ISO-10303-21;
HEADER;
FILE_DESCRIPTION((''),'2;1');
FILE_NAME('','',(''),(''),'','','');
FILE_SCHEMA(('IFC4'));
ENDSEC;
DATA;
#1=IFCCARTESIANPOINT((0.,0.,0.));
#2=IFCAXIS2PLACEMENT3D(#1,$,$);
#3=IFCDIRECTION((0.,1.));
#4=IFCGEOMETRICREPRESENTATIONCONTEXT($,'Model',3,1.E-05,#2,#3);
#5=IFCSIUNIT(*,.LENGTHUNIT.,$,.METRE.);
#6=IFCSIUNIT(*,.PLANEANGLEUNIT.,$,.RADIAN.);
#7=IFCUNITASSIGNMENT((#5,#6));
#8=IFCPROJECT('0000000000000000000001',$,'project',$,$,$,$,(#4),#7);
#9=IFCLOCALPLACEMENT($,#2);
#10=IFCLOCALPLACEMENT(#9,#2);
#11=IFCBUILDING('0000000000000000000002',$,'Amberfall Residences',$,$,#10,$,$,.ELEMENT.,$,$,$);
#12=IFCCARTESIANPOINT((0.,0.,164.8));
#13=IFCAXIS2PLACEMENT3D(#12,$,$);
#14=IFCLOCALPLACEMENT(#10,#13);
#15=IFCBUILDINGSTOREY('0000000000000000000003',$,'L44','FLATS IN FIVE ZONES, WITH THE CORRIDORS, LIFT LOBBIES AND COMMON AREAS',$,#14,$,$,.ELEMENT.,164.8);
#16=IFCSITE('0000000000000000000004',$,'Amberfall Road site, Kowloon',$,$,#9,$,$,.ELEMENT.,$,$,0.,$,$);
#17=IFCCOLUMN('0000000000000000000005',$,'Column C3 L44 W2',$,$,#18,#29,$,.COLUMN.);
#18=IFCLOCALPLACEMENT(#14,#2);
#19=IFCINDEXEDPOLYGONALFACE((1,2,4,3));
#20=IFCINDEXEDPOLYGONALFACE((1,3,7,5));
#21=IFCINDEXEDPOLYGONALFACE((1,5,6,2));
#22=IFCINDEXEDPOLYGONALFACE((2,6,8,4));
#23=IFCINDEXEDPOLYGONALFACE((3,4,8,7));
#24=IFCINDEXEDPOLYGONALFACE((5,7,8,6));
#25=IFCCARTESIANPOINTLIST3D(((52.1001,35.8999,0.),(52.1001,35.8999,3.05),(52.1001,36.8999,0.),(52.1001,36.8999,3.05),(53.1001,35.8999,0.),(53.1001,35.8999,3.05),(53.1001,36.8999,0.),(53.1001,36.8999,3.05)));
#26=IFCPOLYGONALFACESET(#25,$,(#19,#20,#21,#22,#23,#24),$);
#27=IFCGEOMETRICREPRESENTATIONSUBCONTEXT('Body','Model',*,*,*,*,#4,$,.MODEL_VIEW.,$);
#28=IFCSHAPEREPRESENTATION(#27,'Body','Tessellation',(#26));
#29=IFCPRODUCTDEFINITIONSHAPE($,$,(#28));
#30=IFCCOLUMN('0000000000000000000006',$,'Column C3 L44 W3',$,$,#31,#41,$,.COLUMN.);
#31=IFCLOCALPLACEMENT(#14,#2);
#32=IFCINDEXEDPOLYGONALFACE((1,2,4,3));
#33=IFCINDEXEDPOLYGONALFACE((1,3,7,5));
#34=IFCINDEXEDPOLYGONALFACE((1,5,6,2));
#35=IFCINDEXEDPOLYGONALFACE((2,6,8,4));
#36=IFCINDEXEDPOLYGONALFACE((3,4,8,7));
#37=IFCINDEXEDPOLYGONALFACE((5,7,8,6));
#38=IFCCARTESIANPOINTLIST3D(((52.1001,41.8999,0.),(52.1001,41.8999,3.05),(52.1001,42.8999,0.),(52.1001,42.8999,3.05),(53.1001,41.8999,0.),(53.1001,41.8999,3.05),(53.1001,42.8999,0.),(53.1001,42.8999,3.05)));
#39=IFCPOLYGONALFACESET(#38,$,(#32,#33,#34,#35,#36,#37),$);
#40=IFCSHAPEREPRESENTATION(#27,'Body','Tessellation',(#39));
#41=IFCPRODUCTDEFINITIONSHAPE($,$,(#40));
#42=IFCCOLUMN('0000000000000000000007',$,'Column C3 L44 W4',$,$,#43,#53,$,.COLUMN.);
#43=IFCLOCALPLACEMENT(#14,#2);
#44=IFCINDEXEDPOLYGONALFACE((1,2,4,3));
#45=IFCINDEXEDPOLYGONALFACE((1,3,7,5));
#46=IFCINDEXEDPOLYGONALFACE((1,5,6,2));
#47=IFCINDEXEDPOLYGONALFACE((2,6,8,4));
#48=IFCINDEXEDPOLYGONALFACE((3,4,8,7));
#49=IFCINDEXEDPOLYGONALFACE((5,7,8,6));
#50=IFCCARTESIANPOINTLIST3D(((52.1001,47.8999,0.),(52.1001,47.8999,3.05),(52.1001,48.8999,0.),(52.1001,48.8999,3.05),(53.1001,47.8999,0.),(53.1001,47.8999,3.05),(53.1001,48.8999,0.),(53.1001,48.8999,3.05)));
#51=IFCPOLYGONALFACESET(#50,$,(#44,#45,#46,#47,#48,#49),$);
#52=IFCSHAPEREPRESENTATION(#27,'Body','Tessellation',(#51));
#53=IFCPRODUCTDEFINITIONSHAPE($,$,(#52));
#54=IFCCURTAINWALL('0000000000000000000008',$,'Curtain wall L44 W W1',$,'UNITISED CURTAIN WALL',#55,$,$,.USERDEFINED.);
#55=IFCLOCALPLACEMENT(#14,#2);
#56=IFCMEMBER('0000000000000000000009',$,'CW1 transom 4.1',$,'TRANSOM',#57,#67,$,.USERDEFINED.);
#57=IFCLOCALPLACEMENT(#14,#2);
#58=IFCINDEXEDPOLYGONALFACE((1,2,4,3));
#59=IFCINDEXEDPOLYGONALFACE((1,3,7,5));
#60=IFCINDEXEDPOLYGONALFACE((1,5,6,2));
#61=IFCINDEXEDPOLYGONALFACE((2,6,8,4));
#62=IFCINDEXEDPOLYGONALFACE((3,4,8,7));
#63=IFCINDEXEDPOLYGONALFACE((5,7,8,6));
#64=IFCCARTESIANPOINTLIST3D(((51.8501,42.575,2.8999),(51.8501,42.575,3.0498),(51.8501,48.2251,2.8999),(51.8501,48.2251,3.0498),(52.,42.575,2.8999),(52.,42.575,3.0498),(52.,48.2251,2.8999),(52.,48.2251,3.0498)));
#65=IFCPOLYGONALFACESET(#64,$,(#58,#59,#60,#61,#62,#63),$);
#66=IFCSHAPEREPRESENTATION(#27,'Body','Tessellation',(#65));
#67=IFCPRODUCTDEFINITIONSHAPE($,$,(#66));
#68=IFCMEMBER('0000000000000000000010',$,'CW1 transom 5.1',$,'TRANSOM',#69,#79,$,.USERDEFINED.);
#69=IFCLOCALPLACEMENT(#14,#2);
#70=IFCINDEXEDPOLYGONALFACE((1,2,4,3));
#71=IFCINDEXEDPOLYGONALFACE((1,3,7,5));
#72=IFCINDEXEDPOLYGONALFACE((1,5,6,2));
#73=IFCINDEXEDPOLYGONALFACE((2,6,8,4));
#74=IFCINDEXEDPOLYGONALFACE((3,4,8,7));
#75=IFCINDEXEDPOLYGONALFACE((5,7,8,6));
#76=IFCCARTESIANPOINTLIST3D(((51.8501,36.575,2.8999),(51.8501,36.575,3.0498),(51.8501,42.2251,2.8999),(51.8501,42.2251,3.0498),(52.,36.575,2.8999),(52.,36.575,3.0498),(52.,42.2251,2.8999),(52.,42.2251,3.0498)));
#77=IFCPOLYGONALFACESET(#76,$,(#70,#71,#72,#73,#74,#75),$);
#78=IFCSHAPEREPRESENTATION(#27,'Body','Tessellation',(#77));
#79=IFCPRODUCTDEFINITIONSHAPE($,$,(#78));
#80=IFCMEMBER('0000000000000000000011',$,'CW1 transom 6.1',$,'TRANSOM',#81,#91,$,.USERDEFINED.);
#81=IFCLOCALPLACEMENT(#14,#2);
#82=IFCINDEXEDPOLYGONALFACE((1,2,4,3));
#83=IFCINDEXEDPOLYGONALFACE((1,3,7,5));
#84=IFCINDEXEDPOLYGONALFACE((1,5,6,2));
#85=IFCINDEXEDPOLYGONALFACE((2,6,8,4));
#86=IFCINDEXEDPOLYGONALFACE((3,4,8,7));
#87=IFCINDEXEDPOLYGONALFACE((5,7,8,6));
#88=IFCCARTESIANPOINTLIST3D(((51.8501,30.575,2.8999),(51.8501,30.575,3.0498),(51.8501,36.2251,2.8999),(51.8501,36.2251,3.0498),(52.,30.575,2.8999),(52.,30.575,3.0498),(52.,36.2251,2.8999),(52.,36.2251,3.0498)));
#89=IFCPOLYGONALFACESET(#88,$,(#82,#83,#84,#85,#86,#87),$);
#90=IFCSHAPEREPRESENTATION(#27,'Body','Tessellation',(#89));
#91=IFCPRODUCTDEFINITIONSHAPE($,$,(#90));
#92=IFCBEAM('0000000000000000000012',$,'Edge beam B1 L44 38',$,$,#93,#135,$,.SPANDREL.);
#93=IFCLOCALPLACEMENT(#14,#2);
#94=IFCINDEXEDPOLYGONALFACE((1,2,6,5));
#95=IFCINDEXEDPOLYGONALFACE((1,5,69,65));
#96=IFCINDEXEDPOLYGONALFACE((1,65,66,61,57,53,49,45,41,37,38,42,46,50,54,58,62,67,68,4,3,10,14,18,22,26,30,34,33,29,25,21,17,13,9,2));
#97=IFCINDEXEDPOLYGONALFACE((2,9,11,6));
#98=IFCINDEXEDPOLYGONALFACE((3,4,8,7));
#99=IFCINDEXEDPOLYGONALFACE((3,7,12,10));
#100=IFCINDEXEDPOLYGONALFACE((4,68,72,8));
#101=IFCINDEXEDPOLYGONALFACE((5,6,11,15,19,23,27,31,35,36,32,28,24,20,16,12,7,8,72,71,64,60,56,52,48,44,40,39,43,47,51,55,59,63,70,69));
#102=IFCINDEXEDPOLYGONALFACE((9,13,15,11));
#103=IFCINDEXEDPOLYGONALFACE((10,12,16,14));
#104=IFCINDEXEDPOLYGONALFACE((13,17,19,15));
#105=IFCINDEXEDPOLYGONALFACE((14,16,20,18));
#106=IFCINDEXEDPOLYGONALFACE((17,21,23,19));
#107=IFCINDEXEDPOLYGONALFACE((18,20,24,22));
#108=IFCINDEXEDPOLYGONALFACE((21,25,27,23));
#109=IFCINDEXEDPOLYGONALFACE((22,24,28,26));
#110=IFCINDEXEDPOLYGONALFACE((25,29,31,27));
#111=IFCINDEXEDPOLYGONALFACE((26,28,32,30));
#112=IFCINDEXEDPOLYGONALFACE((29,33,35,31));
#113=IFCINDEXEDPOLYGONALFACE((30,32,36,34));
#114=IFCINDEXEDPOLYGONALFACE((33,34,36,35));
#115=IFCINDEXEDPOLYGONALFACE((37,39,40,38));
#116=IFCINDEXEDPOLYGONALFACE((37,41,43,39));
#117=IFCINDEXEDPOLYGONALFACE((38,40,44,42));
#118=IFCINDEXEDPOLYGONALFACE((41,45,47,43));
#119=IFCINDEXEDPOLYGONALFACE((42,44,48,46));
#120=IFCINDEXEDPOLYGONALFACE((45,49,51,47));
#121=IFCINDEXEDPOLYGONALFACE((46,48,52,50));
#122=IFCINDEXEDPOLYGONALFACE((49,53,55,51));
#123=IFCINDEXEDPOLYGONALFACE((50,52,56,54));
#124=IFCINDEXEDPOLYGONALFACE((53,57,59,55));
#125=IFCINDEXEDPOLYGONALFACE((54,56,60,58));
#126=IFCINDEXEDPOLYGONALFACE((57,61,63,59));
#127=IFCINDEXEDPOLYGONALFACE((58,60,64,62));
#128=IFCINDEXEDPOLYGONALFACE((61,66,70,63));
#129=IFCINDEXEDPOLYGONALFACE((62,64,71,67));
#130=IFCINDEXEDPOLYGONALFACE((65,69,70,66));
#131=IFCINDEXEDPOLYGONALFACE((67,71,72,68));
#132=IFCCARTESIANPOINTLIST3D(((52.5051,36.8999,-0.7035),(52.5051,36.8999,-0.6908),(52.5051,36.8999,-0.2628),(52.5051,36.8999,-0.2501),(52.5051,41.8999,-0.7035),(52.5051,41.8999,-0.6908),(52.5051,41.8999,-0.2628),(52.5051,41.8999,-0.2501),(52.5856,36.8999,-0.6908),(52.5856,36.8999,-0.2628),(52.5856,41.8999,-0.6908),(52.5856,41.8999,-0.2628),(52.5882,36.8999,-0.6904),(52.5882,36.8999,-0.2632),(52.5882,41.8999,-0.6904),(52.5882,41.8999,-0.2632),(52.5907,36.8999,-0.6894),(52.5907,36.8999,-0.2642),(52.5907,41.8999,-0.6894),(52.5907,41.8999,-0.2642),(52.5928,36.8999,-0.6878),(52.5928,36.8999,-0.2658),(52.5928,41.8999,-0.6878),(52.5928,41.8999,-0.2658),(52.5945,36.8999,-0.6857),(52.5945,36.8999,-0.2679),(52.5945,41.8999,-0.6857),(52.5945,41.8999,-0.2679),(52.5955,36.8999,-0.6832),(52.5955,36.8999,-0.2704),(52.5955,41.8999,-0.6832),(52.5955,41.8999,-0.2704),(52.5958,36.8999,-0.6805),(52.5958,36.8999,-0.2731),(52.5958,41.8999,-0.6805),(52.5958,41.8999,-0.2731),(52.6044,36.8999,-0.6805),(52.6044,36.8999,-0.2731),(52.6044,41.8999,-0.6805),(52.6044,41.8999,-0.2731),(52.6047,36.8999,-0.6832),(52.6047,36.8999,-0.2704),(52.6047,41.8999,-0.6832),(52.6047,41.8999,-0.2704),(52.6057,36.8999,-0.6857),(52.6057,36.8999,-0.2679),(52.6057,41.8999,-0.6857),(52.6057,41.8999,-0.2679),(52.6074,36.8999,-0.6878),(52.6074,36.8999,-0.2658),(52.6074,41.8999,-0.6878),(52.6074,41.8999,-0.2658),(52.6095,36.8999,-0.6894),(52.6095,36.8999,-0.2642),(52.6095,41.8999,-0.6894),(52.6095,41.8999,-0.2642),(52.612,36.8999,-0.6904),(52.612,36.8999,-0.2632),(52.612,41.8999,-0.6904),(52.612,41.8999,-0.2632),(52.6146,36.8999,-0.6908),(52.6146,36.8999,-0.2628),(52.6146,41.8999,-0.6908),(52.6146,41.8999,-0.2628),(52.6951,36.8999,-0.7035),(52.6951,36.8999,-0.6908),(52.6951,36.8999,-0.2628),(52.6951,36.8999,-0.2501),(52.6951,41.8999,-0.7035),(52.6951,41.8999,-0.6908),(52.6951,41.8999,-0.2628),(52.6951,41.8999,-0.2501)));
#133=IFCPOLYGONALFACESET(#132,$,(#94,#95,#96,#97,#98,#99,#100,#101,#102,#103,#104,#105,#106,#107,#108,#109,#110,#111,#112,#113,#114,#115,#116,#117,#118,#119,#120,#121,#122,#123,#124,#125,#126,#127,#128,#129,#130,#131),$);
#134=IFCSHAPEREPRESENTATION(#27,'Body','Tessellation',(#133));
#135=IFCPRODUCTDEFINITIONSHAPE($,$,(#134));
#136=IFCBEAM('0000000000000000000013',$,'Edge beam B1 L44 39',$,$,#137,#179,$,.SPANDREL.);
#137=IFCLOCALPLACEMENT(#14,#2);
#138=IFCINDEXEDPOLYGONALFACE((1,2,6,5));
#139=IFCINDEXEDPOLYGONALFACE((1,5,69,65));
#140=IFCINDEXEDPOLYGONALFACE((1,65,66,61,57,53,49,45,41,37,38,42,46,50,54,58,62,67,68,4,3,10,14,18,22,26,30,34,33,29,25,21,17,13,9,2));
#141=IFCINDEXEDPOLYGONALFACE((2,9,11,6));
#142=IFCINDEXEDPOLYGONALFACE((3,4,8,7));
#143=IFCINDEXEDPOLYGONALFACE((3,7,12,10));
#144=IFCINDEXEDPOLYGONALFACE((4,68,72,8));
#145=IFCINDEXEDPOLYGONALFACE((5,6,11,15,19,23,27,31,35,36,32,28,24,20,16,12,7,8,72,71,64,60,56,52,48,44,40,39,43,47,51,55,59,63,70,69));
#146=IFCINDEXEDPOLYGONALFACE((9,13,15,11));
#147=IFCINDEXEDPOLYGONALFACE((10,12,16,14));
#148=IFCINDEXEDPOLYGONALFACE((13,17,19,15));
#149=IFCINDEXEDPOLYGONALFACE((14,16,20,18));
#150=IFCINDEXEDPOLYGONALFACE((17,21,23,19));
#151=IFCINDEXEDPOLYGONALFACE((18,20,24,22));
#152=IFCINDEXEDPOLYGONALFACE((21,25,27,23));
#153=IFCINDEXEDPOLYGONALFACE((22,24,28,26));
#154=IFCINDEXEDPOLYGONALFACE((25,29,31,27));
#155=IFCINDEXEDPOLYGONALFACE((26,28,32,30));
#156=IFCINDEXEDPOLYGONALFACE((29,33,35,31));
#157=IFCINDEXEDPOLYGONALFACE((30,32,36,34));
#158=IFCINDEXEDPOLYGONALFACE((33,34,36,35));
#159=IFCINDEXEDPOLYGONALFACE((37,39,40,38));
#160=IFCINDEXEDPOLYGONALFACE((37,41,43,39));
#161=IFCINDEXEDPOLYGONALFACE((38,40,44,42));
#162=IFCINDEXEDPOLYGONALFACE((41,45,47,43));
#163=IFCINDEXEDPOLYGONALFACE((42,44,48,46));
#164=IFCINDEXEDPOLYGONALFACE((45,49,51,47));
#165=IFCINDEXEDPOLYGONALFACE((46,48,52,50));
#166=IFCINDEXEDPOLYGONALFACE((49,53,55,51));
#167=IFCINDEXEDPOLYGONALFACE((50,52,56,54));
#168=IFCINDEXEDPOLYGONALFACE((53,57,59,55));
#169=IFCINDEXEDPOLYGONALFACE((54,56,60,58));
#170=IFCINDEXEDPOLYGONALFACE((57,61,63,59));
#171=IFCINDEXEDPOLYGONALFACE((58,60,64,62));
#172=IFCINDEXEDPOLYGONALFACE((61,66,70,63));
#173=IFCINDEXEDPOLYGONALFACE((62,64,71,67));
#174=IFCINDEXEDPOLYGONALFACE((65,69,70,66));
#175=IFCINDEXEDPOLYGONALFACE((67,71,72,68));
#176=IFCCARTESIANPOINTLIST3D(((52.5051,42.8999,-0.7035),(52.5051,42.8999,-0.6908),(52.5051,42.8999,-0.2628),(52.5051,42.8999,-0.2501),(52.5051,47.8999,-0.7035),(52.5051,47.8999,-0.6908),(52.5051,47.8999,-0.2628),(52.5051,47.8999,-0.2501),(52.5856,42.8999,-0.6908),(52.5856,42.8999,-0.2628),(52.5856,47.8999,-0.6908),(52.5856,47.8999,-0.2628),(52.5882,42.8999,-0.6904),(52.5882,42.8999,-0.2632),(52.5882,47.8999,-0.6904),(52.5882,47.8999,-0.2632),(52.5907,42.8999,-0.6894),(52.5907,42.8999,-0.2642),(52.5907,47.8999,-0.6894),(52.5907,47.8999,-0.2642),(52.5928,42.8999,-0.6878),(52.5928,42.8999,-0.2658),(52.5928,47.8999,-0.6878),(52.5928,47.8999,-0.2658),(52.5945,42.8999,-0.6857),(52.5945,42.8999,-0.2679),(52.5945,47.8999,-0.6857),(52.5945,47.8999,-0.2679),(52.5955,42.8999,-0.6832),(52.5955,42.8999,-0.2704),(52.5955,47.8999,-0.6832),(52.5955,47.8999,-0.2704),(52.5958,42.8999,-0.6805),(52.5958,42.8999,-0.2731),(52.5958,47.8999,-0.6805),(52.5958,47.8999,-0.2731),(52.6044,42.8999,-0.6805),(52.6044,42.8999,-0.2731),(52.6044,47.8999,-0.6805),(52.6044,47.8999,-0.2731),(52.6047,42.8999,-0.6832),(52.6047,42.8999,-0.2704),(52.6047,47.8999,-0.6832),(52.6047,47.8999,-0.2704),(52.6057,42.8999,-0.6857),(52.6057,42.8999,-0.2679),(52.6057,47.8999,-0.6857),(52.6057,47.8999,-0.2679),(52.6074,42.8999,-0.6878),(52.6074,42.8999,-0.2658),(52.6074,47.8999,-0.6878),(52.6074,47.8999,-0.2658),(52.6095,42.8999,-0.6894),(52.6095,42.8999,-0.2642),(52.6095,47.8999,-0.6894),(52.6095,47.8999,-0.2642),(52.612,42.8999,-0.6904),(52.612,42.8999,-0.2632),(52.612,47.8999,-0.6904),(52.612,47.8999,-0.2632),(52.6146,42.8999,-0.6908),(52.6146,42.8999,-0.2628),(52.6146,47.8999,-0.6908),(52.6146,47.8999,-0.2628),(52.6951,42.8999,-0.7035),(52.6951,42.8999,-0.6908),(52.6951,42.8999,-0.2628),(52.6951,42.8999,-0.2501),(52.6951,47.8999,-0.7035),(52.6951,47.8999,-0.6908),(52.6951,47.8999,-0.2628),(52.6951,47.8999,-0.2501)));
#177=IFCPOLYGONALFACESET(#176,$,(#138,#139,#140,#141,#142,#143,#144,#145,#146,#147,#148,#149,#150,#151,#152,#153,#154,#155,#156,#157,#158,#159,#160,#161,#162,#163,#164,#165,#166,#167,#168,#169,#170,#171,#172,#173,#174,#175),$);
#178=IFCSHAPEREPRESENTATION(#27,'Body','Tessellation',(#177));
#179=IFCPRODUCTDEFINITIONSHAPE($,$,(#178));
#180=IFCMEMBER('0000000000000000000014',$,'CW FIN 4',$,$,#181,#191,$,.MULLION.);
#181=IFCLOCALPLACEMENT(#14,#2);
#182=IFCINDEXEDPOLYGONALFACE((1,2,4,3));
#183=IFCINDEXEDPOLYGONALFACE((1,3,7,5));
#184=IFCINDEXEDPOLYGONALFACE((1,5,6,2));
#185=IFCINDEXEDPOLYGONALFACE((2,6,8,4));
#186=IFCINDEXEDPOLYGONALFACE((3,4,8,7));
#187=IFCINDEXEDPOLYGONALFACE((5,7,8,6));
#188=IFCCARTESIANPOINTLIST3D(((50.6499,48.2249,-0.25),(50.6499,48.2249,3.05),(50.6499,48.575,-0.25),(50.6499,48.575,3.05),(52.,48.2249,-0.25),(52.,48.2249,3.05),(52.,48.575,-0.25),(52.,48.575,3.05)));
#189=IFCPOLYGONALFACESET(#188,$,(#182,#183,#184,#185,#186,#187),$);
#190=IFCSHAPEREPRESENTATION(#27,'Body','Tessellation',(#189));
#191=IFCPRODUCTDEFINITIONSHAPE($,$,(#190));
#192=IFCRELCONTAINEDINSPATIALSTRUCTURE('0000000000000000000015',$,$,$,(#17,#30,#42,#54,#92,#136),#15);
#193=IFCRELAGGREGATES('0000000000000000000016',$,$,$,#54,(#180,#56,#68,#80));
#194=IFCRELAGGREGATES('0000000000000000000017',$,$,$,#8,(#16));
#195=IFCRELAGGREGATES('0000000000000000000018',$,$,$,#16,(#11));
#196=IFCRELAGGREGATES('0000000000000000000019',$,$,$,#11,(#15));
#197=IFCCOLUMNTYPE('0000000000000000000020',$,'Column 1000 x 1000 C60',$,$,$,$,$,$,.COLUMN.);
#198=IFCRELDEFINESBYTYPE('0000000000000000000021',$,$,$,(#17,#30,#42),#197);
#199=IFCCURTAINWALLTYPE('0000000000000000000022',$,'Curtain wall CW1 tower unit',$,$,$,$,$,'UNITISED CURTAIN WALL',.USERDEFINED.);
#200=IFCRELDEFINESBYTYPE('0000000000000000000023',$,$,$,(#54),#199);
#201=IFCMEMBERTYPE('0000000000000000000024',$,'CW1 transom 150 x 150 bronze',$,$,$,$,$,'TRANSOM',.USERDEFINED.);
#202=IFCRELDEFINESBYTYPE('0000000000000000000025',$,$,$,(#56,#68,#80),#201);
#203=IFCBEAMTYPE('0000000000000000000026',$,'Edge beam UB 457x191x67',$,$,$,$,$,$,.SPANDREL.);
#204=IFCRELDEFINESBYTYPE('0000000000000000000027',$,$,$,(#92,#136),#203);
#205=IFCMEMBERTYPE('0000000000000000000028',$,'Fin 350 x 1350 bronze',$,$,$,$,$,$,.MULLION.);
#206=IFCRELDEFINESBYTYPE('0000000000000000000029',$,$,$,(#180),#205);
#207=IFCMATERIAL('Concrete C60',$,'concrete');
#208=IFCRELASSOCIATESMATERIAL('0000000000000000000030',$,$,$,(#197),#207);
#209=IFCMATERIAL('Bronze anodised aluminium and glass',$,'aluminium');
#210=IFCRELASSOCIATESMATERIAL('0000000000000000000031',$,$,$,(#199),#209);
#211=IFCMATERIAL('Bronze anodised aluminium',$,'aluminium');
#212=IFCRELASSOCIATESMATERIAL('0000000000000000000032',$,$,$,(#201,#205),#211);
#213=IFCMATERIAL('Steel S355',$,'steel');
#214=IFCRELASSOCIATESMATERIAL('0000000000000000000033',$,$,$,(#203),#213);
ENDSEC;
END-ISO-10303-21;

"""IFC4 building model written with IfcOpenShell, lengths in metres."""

from ifc_helpers import new_model, si_unit, direction, frame, origin, origin_2d, place, context, subcontext, project, spatial, rectangle, i_section, extrude, material, material_profile, profile_set, type_object, element, aggregate, save


model = new_model("IFC4")

# Units and contexts
model_context = context("Model", 3, precision=1e-05, world=origin(), true_north=direction((0.0, 1.0)))
body_context = subcontext(model_context, "Body", "Model", "MODEL_VIEW")
ifc_project = project(units=[si_unit("LENGTHUNIT", "METRE"), si_unit("PLANEANGLEUNIT", "RADIAN")], contexts=[model_context])

# Site, building, storey
site_placement = place(None, origin())
site = spatial("IfcSite", under=ifc_project, at=site_placement, Name="Amberfall Road site, Kowloon", CompositionType="ELEMENT", RefElevation=0.0)
building_placement = place(site_placement, origin())
building = spatial("IfcBuilding", under=site, at=building_placement, Name="Amberfall Residences", CompositionType="ELEMENT")
storey_placement = place(building_placement, frame((0.0, 0.0, 164.8)))
storey = spatial("IfcBuildingStorey", under=building, at=storey_placement, Name="L44", Description="FLATS IN FIVE ZONES, WITH THE CORRIDORS, LIFT LOBBIES AND COMMON AREAS", CompositionType="ELEMENT", Elevation=164.8)

# Columns
ifc_material_1 = material(Name="Concrete C60", Category="concrete")
ifc_material_profile_1 = material_profile(ifc_material_1, rectangle(XDim=1.0, YDim=1.0, at=origin_2d()), Name="Column 1000 x 1000 C60")
ifc_profile_set_1 = profile_set([ifc_material_profile_1], Name="Concrete C60")
column_type = type_object("IfcColumnType", Name="Column 1000 x 1000 C60", PredefinedType="COLUMN", material=ifc_profile_set_1)
for number, where, z_axis, x_axis, name in (
    (1, (52.6001, 36.3999, 0.0), (0.0, 0.0, 1.0), (1.0, 0.0, 0.0), "Column C3 L44 W2"),
    (2, (52.6001, 42.3999, 0.0), (0.0, 0.0, 1.0), (1.0, 0.0, 0.0), "Column C3 L44 W3"),
    (3, (52.6001, 48.3999, 0.0), (0.0, 0.0, 1.0), (1.0, 0.0, 0.0), "Column C3 L44 W4"),
):
    element("IfcColumn", number, at=place(storey_placement, frame(where, z_axis=z_axis, x_axis=x_axis)), inside=storey, type_object=column_type, Name=name, PredefinedType="COLUMN", context=body_context, shape_type="SweptSolid", body=[
        extrude(rectangle(XDim=1.0, YDim=1.0, at=origin_2d()), origin(), (0.0, 0.0, 1.0), 3.05),
    ])

# Curtain wall, members
ifc_material_2 = material(Name="Bronze anodised aluminium and glass", Category="aluminium")
curtain_wall_type = type_object("IfcCurtainWallType", Name="Curtain wall CW1 tower unit", ElementType="UNITISED CURTAIN WALL", PredefinedType="USERDEFINED", material=ifc_material_2)
curtain_wall_placement = place(storey_placement, origin())
curtain_wall = element("IfcCurtainWall", 4, at=curtain_wall_placement, inside=storey, type_object=curtain_wall_type, Name="Curtain wall L44 W W1", ObjectType="UNITISED CURTAIN WALL", PredefinedType="USERDEFINED")
ifc_material_3 = material(Name="Bronze anodised aluminium", Category="aluminium")
ifc_material_profile_2 = material_profile(ifc_material_3, rectangle(XDim=0.1499, YDim=0.1499, at=origin_2d()), Name="CW1 transom 150 x 150 bronze")
ifc_profile_set_2 = profile_set([ifc_material_profile_2], Name="Bronze anodised aluminium")
member_type_1 = type_object("IfcMemberType", Name="CW1 transom 150 x 150 bronze", ElementType="TRANSOM", PredefinedType="USERDEFINED", material=ifc_profile_set_2)
member_1_placement = place(storey_placement, frame((51.925, 48.2251, 2.9749), z_axis=(0.0, -1.0, 0.0), x_axis=(1.0, 0.0, 0.0)))
member_1 = element("IfcMember", 5, at=member_1_placement, type_object=member_type_1, Name="CW1 transom 4.1", ObjectType="TRANSOM", PredefinedType="USERDEFINED", context=body_context, shape_type="SweptSolid", body=[
    extrude(rectangle(XDim=0.1499, YDim=0.1499, at=origin_2d()), origin(), (0.0, 0.0, 1.0), 5.6501),
])
member_2_placement = place(storey_placement, frame((51.925, 42.2251, 2.9749), z_axis=(0.0, -1.0, 0.0), x_axis=(1.0, 0.0, 0.0)))
member_2 = element("IfcMember", 6, at=member_2_placement, type_object=member_type_1, Name="CW1 transom 5.1", ObjectType="TRANSOM", PredefinedType="USERDEFINED", context=body_context, shape_type="SweptSolid", body=[
    extrude(rectangle(XDim=0.1499, YDim=0.1499, at=origin_2d()), origin(), (0.0, 0.0, 1.0), 5.6501),
])
member_3_placement = place(storey_placement, frame((51.925, 36.2251, 2.9749), z_axis=(0.0, -1.0, 0.0), x_axis=(1.0, 0.0, 0.0)))
member_3 = element("IfcMember", 7, at=member_3_placement, type_object=member_type_1, Name="CW1 transom 6.1", ObjectType="TRANSOM", PredefinedType="USERDEFINED", context=body_context, shape_type="SweptSolid", body=[
    extrude(rectangle(XDim=0.1499, YDim=0.1499, at=origin_2d()), origin(), (0.0, 0.0, 1.0), 5.6501),
])

# Beams
ifc_material_4 = material(Name="Steel S355", Category="steel")
ifc_material_profile_3 = material_profile(ifc_material_4, i_section(OverallWidth=0.1899, OverallDepth=0.4534, WebThickness=0.0085, FlangeThickness=0.0127, FilletRadius=0.0103, at=origin_2d()), Name="UB 457x191x67")
ifc_profile_set_3 = profile_set([ifc_material_profile_3], Name="Steel S355")
beam_type_1 = type_object("IfcBeamType", Name="Edge beam UB 457x191x67", PredefinedType="SPANDREL", material=ifc_profile_set_3)
for number, where, z_axis, x_axis, name in (
    (8, (52.6001, 36.8999, -0.4768), (0.0, 1.0, 0.0), (-1.0, 0.0, 0.0), "Edge beam B1 L44 38"),
    (9, (52.6001, 42.8999, -0.4768), (0.0, 1.0, 0.0), (-1.0, 0.0, 0.0), "Edge beam B1 L44 39"),
):
    element("IfcBeam", number, at=place(storey_placement, frame(where, z_axis=z_axis, x_axis=x_axis)), inside=storey, type_object=beam_type_1, Name=name, PredefinedType="SPANDREL", context=body_context, shape_type="SweptSolid", body=[
        extrude(i_section(OverallWidth=0.1899, OverallDepth=0.4534, WebThickness=0.0085, FlangeThickness=0.0127, FilletRadius=0.0103, at=origin_2d()), origin(), (0.0, 0.0, 1.0), 5.0),
    ])

# Member
ifc_material_profile_4 = material_profile(ifc_material_3, rectangle(XDim=1.3501, YDim=0.3501, at=origin_2d()), Name="Fin 350 x 1350 bronze")
ifc_profile_set_4 = profile_set([ifc_material_profile_4], Name="Bronze anodised aluminium")
member_type_2 = type_object("IfcMemberType", Name="Fin 350 x 1350 bronze", PredefinedType="MULLION", material=ifc_profile_set_4)
member_4_placement = place(storey_placement, frame((51.325, 48.3999, -0.25), z_axis=(0.0, 0.0, 1.0), x_axis=(1.0, 0.0, 0.0)))
member_4 = element("IfcMember", 10, at=member_4_placement, type_object=member_type_2, Name="CW FIN 4", PredefinedType="MULLION", context=body_context, shape_type="SweptSolid", body=[
    extrude(rectangle(XDim=1.3501, YDim=0.3501, at=origin_2d()), origin(), (0.0, 0.0, 1.0), 3.3),
])

aggregate(curtain_wall, [member_4, member_1, member_2, member_3])

save(model, "model.ifc")
